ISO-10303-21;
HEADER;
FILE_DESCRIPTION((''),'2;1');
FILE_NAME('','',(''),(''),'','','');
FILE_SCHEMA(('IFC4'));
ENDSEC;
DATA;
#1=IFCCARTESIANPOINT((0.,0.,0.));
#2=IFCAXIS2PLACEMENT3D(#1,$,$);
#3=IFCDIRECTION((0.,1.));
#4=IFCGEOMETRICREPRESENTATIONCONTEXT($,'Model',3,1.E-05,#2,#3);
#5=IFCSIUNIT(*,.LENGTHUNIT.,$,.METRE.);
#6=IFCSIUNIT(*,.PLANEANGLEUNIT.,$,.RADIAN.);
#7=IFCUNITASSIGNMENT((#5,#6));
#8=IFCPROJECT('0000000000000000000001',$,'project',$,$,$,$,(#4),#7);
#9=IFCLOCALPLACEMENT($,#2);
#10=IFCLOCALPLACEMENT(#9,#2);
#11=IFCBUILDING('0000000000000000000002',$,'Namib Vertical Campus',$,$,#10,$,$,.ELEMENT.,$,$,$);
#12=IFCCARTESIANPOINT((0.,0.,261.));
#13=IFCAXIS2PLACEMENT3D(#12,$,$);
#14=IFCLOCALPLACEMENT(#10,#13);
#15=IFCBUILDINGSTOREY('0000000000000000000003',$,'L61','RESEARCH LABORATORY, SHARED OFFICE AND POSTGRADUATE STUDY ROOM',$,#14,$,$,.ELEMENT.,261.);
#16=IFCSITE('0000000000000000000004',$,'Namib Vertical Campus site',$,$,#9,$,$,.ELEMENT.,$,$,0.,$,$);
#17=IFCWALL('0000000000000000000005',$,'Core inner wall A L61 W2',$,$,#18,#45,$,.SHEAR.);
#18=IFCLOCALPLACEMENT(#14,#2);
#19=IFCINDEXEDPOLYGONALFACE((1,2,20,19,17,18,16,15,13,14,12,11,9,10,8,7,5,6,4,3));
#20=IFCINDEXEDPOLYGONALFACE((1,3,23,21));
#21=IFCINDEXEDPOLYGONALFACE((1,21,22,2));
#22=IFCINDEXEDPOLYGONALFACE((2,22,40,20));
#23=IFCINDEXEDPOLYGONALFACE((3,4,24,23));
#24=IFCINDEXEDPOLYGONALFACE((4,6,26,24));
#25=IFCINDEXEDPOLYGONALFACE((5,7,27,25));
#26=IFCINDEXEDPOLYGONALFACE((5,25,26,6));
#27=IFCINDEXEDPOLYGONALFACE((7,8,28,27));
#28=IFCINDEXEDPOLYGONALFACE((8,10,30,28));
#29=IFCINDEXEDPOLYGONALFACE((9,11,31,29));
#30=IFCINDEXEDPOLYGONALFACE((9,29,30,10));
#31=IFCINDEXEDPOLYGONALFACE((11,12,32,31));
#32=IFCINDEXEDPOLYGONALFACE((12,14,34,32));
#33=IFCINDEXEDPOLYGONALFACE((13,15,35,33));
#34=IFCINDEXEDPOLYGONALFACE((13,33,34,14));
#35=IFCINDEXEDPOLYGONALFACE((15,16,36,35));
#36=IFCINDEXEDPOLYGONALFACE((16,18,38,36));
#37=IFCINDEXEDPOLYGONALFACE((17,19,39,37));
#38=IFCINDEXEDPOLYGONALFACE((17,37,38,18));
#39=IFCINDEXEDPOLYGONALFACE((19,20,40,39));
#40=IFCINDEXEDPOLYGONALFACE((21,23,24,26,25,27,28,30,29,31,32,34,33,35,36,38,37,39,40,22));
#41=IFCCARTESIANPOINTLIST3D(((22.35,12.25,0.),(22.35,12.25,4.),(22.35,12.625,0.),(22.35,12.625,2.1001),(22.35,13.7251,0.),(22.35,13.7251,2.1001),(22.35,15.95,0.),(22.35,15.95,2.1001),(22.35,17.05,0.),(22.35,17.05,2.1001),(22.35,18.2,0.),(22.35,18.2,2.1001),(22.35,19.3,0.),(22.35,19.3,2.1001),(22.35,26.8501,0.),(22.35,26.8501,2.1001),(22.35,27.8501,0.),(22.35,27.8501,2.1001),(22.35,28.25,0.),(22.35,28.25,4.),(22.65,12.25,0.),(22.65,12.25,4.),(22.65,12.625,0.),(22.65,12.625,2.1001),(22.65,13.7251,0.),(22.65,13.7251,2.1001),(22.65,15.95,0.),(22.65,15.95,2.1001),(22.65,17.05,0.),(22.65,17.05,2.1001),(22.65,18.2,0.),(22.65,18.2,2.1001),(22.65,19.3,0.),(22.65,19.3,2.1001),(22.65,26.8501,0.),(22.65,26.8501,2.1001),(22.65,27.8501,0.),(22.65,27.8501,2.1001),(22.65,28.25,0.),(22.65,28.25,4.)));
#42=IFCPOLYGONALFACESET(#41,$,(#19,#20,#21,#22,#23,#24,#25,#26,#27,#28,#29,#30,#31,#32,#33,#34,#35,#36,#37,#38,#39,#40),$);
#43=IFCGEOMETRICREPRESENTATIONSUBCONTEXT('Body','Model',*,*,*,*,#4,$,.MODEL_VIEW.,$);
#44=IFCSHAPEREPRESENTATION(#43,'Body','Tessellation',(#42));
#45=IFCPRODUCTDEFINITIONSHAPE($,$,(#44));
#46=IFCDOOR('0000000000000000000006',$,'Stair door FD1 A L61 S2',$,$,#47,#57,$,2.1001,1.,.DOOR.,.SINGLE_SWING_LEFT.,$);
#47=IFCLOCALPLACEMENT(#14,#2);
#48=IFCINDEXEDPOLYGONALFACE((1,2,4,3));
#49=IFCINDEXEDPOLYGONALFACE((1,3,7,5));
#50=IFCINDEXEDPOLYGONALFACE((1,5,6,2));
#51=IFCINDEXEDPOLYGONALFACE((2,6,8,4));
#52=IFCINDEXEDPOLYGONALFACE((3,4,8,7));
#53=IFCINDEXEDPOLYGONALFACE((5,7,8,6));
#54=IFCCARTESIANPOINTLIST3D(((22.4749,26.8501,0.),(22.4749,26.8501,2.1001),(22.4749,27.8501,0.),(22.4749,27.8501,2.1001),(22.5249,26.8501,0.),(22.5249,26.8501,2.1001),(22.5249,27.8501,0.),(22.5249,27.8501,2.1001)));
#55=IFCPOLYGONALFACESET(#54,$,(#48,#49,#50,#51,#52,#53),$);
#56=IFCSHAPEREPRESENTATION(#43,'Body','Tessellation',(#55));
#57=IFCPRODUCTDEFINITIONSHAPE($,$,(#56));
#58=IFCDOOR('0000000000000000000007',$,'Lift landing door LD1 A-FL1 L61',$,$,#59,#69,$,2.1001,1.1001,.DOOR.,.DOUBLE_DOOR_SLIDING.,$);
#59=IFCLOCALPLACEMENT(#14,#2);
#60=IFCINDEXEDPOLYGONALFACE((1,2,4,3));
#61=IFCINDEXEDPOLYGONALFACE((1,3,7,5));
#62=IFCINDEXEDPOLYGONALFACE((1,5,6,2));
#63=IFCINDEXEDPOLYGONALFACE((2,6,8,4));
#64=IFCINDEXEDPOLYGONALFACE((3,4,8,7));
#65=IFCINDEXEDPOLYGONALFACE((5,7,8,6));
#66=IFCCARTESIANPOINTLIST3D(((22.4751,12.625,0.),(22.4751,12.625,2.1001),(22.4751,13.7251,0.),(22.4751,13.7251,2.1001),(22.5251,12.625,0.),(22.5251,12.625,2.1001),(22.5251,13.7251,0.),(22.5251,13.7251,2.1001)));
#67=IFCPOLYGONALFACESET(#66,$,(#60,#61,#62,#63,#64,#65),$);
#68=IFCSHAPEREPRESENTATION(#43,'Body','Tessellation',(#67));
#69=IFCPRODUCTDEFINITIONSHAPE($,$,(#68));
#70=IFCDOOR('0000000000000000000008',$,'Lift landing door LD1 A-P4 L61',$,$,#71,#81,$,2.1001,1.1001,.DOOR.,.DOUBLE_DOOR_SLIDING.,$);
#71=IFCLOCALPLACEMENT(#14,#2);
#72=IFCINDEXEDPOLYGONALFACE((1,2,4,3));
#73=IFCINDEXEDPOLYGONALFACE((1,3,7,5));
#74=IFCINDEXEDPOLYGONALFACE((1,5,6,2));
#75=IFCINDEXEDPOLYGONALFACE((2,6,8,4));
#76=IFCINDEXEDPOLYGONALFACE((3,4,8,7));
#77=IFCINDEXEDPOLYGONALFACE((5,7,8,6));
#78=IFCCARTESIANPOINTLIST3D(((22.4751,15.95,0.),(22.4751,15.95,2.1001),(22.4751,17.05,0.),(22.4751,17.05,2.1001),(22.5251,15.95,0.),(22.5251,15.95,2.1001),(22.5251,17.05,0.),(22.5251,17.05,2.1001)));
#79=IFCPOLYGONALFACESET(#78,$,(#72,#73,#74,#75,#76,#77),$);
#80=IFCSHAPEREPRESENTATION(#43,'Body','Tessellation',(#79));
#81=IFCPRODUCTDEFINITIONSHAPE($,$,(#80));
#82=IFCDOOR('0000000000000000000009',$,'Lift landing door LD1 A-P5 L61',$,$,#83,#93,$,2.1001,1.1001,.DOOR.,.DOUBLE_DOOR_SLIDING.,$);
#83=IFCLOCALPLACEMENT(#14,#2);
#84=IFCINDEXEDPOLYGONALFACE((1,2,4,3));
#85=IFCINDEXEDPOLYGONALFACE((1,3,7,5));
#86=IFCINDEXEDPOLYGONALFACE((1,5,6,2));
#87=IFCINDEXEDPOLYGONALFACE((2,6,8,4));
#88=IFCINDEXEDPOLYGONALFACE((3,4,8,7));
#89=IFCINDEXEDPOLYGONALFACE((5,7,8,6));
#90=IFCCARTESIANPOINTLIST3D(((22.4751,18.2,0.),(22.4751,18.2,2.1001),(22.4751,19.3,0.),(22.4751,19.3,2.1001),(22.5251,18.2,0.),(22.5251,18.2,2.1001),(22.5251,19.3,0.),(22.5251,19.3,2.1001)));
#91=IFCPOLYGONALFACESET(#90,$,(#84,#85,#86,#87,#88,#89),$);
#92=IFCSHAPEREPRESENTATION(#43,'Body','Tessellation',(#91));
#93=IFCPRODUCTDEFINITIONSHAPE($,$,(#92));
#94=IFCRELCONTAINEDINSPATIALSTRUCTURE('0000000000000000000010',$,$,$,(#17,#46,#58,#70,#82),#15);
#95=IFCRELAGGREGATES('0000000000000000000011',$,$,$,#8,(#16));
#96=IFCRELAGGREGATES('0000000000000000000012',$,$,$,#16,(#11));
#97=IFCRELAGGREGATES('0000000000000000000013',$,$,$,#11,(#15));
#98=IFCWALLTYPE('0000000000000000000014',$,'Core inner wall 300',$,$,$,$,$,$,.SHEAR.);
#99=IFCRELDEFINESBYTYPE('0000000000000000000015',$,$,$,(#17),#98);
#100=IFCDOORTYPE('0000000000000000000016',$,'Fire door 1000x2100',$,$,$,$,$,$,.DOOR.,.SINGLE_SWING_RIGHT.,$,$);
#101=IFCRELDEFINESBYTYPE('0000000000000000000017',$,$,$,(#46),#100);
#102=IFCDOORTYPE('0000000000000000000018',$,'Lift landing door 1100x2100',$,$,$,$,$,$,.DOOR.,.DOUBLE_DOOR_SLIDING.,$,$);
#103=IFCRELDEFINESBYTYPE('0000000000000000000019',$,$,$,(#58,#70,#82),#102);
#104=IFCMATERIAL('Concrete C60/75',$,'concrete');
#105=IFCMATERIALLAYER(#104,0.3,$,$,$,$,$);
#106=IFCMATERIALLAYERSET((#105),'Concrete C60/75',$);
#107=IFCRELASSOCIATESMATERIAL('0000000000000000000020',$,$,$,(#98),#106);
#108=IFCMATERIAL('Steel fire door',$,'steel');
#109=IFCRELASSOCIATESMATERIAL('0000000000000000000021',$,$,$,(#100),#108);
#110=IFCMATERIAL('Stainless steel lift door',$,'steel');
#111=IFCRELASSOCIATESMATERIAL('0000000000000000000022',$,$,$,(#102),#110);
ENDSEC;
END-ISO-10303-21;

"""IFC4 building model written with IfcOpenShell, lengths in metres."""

from ifc_helpers import new_model, si_unit, direction, frame, frame_2d, origin, place, context, subcontext, project, spatial, rectangle, extrude, material, layer, layer_set, type_object, element, fill, save


model = new_model("IFC4")

# Units and contexts
model_context = context("Model", 3, precision=1e-05, world=origin(), true_north=direction((0.0, 1.0)))
body_context = subcontext(model_context, "Body", "Model", "MODEL_VIEW")
ifc_project = project(units=[si_unit("LENGTHUNIT", "METRE"), si_unit("PLANEANGLEUNIT", "RADIAN")], contexts=[model_context])

# Site, building, storey
site_placement = place(None, origin())
site = spatial("IfcSite", under=ifc_project, at=site_placement, Name="Namib Vertical Campus site", CompositionType="ELEMENT", RefElevation=0.0)
building_placement = place(site_placement, origin())
building = spatial("IfcBuilding", under=site, at=building_placement, Name="Namib Vertical Campus", CompositionType="ELEMENT")
storey_placement = place(building_placement, frame((0.0, 0.0, 261.0)))
storey = spatial("IfcBuildingStorey", under=building, at=storey_placement, Name="L61", Description="RESEARCH LABORATORY, SHARED OFFICE AND POSTGRADUATE STUDY ROOM", CompositionType="ELEMENT", Elevation=261.0)

# Wall, openings, doors
ifc_material_1 = material(Name="Concrete C60/75", Category="concrete")
ifc_layer_1 = layer(ifc_material_1, 0.3)
ifc_layer_set_1 = layer_set([ifc_layer_1], Name="Concrete C60/75")
wall_type_1 = type_object("IfcWallType", Name="Core inner wall 300", PredefinedType="SHEAR", material=ifc_layer_set_1)
ifc_material_2 = material(Name="Steel fire door", Category="steel")
door_type_1 = type_object("IfcDoorType", Name="Fire door 1000x2100", OperationType="SINGLE_SWING_RIGHT", PredefinedType="DOOR", material=ifc_material_2)
ifc_material_3 = material(Name="Stainless steel lift door", Category="steel")
door_type_2 = type_object("IfcDoorType", Name="Lift landing door 1100x2100", OperationType="DOUBLE_DOOR_SLIDING", PredefinedType="DOOR", material=ifc_material_3)
wall_1_placement = place(storey_placement, frame((22.5, 12.25, 0.0), z_axis=(0.0, 0.0, 1.0), x_axis=(0.0, 1.0, 0.0)))
wall_1 = element("IfcWall", 1, at=wall_1_placement, inside=storey, type_object=wall_type_1, Name="Core inner wall A L61 W2", PredefinedType="SHEAR", context=body_context, shape_type="SweptSolid", body=[
    extrude(rectangle(XDim=16.0, YDim=0.3, at=frame_2d((8.0, 0.0))), origin(), (0.0, 0.0, 1.0), 4.0),
])
opening_1_placement = place(wall_1_placement, frame((14.6001, 0.0, 0.0)))
opening_1 = element("IfcOpeningElement", 2, at=opening_1_placement, cuts=wall_1, PredefinedType="OPENING", context=body_context, shape_type="SweptSolid", body=[
    extrude(rectangle(XDim=1.0, YDim=2.1001, at=frame_2d((0.5, 1.05))), frame((0.0, 0.1599, 0.0), z_axis=(0.0, -1.0, 0.0), x_axis=(1.0, 0.0, 0.0)), (0.0, 0.0, 1.0), 0.3201),
])
opening_2_placement = place(wall_1_placement, frame((0.375, 0.0, 0.0)))
opening_2 = element("IfcOpeningElement", 3, at=opening_2_placement, cuts=wall_1, PredefinedType="OPENING", context=body_context, shape_type="SweptSolid", body=[
    extrude(rectangle(XDim=1.1001, YDim=2.1001, at=frame_2d((0.55, 1.05))), frame((0.0, 0.1599, 0.0), z_axis=(0.0, -1.0, 0.0), x_axis=(1.0, 0.0, 0.0)), (0.0, 0.0, 1.0), 0.3201),
])
opening_3_placement = place(wall_1_placement, frame((3.7, 0.0, 0.0)))
opening_3 = element("IfcOpeningElement", 4, at=opening_3_placement, cuts=wall_1, PredefinedType="OPENING", context=body_context, shape_type="SweptSolid", body=[
    extrude(rectangle(XDim=1.1001, YDim=2.1001, at=frame_2d((0.55, 1.05))), frame((0.0, 0.1599, 0.0), z_axis=(0.0, -1.0, 0.0), x_axis=(1.0, 0.0, 0.0)), (0.0, 0.0, 1.0), 0.3201),
])
opening_4_placement = place(wall_1_placement, frame((5.95, 0.0, 0.0)))
opening_4 = element("IfcOpeningElement", 5, at=opening_4_placement, cuts=wall_1, PredefinedType="OPENING", context=body_context, shape_type="SweptSolid", body=[
    extrude(rectangle(XDim=1.1001, YDim=2.1001, at=frame_2d((0.55, 1.05))), frame((0.0, 0.1599, 0.0), z_axis=(0.0, -1.0, 0.0), x_axis=(1.0, 0.0, 0.0)), (0.0, 0.0, 1.0), 0.3201),
])
door_1_placement = place(opening_1_placement, frame((1.0, 0.0, 0.0), z_axis=(0.0, 0.0, 1.0), x_axis=(-1.0, 0.0, 0.0)))
door_1 = element("IfcDoor", 6, at=door_1_placement, inside=storey, type_object=door_type_1, Name="Stair door FD1 A L61 S2", OperationType="SINGLE_SWING_LEFT", OverallHeight=2.1001, OverallWidth=1.0, PredefinedType="DOOR", context=body_context, shape_type="SweptSolid", body=[
    extrude(rectangle(XDim=1.0, YDim=2.1001, at=frame_2d((0.5, 1.05))), frame((0.0, 0.0249, 0.0), z_axis=(0.0, -1.0, 0.0), x_axis=(1.0, 0.0, 0.0)), (0.0, 0.0, 1.0), 0.05),
])
fill(opening_1, door_1)
door_2_placement = place(opening_2_placement, origin())
door_2 = element("IfcDoor", 7, at=door_2_placement, inside=storey, type_object=door_type_2, Name="Lift landing door LD1 A-FL1 L61", OperationType="DOUBLE_DOOR_SLIDING", OverallHeight=2.1001, OverallWidth=1.1001, PredefinedType="DOOR", context=body_context, shape_type="SweptSolid", body=[
    extrude(rectangle(XDim=1.1001, YDim=2.1001, at=frame_2d((0.55, 1.05))), frame((0.0, 0.0249, 0.0), z_axis=(0.0, -1.0, 0.0), x_axis=(1.0, 0.0, 0.0)), (0.0, 0.0, 1.0), 0.05),
])
fill(opening_2, door_2)
door_3_placement = place(opening_3_placement, origin())
door_3 = element("IfcDoor", 8, at=door_3_placement, inside=storey, type_object=door_type_2, Name="Lift landing door LD1 A-P4 L61", OperationType="DOUBLE_DOOR_SLIDING", OverallHeight=2.1001, OverallWidth=1.1001, PredefinedType="DOOR", context=body_context, shape_type="SweptSolid", body=[
    extrude(rectangle(XDim=1.1001, YDim=2.1001, at=frame_2d((0.55, 1.05))), frame((0.0, 0.0249, 0.0), z_axis=(0.0, -1.0, 0.0), x_axis=(1.0, 0.0, 0.0)), (0.0, 0.0, 1.0), 0.05),
])
fill(opening_3, door_3)
door_4_placement = place(opening_4_placement, origin())
door_4 = element("IfcDoor", 9, at=door_4_placement, inside=storey, type_object=door_type_2, Name="Lift landing door LD1 A-P5 L61", OperationType="DOUBLE_DOOR_SLIDING", OverallHeight=2.1001, OverallWidth=1.1001, PredefinedType="DOOR", context=body_context, shape_type="SweptSolid", body=[
    extrude(rectangle(XDim=1.1001, YDim=2.1001, at=frame_2d((0.55, 1.05))), frame((0.0, 0.0249, 0.0), z_axis=(0.0, -1.0, 0.0), x_axis=(1.0, 0.0, 0.0)), (0.0, 0.0, 1.0), 0.05),
])
fill(opening_4, door_4)

save(model, "model.ifc")
